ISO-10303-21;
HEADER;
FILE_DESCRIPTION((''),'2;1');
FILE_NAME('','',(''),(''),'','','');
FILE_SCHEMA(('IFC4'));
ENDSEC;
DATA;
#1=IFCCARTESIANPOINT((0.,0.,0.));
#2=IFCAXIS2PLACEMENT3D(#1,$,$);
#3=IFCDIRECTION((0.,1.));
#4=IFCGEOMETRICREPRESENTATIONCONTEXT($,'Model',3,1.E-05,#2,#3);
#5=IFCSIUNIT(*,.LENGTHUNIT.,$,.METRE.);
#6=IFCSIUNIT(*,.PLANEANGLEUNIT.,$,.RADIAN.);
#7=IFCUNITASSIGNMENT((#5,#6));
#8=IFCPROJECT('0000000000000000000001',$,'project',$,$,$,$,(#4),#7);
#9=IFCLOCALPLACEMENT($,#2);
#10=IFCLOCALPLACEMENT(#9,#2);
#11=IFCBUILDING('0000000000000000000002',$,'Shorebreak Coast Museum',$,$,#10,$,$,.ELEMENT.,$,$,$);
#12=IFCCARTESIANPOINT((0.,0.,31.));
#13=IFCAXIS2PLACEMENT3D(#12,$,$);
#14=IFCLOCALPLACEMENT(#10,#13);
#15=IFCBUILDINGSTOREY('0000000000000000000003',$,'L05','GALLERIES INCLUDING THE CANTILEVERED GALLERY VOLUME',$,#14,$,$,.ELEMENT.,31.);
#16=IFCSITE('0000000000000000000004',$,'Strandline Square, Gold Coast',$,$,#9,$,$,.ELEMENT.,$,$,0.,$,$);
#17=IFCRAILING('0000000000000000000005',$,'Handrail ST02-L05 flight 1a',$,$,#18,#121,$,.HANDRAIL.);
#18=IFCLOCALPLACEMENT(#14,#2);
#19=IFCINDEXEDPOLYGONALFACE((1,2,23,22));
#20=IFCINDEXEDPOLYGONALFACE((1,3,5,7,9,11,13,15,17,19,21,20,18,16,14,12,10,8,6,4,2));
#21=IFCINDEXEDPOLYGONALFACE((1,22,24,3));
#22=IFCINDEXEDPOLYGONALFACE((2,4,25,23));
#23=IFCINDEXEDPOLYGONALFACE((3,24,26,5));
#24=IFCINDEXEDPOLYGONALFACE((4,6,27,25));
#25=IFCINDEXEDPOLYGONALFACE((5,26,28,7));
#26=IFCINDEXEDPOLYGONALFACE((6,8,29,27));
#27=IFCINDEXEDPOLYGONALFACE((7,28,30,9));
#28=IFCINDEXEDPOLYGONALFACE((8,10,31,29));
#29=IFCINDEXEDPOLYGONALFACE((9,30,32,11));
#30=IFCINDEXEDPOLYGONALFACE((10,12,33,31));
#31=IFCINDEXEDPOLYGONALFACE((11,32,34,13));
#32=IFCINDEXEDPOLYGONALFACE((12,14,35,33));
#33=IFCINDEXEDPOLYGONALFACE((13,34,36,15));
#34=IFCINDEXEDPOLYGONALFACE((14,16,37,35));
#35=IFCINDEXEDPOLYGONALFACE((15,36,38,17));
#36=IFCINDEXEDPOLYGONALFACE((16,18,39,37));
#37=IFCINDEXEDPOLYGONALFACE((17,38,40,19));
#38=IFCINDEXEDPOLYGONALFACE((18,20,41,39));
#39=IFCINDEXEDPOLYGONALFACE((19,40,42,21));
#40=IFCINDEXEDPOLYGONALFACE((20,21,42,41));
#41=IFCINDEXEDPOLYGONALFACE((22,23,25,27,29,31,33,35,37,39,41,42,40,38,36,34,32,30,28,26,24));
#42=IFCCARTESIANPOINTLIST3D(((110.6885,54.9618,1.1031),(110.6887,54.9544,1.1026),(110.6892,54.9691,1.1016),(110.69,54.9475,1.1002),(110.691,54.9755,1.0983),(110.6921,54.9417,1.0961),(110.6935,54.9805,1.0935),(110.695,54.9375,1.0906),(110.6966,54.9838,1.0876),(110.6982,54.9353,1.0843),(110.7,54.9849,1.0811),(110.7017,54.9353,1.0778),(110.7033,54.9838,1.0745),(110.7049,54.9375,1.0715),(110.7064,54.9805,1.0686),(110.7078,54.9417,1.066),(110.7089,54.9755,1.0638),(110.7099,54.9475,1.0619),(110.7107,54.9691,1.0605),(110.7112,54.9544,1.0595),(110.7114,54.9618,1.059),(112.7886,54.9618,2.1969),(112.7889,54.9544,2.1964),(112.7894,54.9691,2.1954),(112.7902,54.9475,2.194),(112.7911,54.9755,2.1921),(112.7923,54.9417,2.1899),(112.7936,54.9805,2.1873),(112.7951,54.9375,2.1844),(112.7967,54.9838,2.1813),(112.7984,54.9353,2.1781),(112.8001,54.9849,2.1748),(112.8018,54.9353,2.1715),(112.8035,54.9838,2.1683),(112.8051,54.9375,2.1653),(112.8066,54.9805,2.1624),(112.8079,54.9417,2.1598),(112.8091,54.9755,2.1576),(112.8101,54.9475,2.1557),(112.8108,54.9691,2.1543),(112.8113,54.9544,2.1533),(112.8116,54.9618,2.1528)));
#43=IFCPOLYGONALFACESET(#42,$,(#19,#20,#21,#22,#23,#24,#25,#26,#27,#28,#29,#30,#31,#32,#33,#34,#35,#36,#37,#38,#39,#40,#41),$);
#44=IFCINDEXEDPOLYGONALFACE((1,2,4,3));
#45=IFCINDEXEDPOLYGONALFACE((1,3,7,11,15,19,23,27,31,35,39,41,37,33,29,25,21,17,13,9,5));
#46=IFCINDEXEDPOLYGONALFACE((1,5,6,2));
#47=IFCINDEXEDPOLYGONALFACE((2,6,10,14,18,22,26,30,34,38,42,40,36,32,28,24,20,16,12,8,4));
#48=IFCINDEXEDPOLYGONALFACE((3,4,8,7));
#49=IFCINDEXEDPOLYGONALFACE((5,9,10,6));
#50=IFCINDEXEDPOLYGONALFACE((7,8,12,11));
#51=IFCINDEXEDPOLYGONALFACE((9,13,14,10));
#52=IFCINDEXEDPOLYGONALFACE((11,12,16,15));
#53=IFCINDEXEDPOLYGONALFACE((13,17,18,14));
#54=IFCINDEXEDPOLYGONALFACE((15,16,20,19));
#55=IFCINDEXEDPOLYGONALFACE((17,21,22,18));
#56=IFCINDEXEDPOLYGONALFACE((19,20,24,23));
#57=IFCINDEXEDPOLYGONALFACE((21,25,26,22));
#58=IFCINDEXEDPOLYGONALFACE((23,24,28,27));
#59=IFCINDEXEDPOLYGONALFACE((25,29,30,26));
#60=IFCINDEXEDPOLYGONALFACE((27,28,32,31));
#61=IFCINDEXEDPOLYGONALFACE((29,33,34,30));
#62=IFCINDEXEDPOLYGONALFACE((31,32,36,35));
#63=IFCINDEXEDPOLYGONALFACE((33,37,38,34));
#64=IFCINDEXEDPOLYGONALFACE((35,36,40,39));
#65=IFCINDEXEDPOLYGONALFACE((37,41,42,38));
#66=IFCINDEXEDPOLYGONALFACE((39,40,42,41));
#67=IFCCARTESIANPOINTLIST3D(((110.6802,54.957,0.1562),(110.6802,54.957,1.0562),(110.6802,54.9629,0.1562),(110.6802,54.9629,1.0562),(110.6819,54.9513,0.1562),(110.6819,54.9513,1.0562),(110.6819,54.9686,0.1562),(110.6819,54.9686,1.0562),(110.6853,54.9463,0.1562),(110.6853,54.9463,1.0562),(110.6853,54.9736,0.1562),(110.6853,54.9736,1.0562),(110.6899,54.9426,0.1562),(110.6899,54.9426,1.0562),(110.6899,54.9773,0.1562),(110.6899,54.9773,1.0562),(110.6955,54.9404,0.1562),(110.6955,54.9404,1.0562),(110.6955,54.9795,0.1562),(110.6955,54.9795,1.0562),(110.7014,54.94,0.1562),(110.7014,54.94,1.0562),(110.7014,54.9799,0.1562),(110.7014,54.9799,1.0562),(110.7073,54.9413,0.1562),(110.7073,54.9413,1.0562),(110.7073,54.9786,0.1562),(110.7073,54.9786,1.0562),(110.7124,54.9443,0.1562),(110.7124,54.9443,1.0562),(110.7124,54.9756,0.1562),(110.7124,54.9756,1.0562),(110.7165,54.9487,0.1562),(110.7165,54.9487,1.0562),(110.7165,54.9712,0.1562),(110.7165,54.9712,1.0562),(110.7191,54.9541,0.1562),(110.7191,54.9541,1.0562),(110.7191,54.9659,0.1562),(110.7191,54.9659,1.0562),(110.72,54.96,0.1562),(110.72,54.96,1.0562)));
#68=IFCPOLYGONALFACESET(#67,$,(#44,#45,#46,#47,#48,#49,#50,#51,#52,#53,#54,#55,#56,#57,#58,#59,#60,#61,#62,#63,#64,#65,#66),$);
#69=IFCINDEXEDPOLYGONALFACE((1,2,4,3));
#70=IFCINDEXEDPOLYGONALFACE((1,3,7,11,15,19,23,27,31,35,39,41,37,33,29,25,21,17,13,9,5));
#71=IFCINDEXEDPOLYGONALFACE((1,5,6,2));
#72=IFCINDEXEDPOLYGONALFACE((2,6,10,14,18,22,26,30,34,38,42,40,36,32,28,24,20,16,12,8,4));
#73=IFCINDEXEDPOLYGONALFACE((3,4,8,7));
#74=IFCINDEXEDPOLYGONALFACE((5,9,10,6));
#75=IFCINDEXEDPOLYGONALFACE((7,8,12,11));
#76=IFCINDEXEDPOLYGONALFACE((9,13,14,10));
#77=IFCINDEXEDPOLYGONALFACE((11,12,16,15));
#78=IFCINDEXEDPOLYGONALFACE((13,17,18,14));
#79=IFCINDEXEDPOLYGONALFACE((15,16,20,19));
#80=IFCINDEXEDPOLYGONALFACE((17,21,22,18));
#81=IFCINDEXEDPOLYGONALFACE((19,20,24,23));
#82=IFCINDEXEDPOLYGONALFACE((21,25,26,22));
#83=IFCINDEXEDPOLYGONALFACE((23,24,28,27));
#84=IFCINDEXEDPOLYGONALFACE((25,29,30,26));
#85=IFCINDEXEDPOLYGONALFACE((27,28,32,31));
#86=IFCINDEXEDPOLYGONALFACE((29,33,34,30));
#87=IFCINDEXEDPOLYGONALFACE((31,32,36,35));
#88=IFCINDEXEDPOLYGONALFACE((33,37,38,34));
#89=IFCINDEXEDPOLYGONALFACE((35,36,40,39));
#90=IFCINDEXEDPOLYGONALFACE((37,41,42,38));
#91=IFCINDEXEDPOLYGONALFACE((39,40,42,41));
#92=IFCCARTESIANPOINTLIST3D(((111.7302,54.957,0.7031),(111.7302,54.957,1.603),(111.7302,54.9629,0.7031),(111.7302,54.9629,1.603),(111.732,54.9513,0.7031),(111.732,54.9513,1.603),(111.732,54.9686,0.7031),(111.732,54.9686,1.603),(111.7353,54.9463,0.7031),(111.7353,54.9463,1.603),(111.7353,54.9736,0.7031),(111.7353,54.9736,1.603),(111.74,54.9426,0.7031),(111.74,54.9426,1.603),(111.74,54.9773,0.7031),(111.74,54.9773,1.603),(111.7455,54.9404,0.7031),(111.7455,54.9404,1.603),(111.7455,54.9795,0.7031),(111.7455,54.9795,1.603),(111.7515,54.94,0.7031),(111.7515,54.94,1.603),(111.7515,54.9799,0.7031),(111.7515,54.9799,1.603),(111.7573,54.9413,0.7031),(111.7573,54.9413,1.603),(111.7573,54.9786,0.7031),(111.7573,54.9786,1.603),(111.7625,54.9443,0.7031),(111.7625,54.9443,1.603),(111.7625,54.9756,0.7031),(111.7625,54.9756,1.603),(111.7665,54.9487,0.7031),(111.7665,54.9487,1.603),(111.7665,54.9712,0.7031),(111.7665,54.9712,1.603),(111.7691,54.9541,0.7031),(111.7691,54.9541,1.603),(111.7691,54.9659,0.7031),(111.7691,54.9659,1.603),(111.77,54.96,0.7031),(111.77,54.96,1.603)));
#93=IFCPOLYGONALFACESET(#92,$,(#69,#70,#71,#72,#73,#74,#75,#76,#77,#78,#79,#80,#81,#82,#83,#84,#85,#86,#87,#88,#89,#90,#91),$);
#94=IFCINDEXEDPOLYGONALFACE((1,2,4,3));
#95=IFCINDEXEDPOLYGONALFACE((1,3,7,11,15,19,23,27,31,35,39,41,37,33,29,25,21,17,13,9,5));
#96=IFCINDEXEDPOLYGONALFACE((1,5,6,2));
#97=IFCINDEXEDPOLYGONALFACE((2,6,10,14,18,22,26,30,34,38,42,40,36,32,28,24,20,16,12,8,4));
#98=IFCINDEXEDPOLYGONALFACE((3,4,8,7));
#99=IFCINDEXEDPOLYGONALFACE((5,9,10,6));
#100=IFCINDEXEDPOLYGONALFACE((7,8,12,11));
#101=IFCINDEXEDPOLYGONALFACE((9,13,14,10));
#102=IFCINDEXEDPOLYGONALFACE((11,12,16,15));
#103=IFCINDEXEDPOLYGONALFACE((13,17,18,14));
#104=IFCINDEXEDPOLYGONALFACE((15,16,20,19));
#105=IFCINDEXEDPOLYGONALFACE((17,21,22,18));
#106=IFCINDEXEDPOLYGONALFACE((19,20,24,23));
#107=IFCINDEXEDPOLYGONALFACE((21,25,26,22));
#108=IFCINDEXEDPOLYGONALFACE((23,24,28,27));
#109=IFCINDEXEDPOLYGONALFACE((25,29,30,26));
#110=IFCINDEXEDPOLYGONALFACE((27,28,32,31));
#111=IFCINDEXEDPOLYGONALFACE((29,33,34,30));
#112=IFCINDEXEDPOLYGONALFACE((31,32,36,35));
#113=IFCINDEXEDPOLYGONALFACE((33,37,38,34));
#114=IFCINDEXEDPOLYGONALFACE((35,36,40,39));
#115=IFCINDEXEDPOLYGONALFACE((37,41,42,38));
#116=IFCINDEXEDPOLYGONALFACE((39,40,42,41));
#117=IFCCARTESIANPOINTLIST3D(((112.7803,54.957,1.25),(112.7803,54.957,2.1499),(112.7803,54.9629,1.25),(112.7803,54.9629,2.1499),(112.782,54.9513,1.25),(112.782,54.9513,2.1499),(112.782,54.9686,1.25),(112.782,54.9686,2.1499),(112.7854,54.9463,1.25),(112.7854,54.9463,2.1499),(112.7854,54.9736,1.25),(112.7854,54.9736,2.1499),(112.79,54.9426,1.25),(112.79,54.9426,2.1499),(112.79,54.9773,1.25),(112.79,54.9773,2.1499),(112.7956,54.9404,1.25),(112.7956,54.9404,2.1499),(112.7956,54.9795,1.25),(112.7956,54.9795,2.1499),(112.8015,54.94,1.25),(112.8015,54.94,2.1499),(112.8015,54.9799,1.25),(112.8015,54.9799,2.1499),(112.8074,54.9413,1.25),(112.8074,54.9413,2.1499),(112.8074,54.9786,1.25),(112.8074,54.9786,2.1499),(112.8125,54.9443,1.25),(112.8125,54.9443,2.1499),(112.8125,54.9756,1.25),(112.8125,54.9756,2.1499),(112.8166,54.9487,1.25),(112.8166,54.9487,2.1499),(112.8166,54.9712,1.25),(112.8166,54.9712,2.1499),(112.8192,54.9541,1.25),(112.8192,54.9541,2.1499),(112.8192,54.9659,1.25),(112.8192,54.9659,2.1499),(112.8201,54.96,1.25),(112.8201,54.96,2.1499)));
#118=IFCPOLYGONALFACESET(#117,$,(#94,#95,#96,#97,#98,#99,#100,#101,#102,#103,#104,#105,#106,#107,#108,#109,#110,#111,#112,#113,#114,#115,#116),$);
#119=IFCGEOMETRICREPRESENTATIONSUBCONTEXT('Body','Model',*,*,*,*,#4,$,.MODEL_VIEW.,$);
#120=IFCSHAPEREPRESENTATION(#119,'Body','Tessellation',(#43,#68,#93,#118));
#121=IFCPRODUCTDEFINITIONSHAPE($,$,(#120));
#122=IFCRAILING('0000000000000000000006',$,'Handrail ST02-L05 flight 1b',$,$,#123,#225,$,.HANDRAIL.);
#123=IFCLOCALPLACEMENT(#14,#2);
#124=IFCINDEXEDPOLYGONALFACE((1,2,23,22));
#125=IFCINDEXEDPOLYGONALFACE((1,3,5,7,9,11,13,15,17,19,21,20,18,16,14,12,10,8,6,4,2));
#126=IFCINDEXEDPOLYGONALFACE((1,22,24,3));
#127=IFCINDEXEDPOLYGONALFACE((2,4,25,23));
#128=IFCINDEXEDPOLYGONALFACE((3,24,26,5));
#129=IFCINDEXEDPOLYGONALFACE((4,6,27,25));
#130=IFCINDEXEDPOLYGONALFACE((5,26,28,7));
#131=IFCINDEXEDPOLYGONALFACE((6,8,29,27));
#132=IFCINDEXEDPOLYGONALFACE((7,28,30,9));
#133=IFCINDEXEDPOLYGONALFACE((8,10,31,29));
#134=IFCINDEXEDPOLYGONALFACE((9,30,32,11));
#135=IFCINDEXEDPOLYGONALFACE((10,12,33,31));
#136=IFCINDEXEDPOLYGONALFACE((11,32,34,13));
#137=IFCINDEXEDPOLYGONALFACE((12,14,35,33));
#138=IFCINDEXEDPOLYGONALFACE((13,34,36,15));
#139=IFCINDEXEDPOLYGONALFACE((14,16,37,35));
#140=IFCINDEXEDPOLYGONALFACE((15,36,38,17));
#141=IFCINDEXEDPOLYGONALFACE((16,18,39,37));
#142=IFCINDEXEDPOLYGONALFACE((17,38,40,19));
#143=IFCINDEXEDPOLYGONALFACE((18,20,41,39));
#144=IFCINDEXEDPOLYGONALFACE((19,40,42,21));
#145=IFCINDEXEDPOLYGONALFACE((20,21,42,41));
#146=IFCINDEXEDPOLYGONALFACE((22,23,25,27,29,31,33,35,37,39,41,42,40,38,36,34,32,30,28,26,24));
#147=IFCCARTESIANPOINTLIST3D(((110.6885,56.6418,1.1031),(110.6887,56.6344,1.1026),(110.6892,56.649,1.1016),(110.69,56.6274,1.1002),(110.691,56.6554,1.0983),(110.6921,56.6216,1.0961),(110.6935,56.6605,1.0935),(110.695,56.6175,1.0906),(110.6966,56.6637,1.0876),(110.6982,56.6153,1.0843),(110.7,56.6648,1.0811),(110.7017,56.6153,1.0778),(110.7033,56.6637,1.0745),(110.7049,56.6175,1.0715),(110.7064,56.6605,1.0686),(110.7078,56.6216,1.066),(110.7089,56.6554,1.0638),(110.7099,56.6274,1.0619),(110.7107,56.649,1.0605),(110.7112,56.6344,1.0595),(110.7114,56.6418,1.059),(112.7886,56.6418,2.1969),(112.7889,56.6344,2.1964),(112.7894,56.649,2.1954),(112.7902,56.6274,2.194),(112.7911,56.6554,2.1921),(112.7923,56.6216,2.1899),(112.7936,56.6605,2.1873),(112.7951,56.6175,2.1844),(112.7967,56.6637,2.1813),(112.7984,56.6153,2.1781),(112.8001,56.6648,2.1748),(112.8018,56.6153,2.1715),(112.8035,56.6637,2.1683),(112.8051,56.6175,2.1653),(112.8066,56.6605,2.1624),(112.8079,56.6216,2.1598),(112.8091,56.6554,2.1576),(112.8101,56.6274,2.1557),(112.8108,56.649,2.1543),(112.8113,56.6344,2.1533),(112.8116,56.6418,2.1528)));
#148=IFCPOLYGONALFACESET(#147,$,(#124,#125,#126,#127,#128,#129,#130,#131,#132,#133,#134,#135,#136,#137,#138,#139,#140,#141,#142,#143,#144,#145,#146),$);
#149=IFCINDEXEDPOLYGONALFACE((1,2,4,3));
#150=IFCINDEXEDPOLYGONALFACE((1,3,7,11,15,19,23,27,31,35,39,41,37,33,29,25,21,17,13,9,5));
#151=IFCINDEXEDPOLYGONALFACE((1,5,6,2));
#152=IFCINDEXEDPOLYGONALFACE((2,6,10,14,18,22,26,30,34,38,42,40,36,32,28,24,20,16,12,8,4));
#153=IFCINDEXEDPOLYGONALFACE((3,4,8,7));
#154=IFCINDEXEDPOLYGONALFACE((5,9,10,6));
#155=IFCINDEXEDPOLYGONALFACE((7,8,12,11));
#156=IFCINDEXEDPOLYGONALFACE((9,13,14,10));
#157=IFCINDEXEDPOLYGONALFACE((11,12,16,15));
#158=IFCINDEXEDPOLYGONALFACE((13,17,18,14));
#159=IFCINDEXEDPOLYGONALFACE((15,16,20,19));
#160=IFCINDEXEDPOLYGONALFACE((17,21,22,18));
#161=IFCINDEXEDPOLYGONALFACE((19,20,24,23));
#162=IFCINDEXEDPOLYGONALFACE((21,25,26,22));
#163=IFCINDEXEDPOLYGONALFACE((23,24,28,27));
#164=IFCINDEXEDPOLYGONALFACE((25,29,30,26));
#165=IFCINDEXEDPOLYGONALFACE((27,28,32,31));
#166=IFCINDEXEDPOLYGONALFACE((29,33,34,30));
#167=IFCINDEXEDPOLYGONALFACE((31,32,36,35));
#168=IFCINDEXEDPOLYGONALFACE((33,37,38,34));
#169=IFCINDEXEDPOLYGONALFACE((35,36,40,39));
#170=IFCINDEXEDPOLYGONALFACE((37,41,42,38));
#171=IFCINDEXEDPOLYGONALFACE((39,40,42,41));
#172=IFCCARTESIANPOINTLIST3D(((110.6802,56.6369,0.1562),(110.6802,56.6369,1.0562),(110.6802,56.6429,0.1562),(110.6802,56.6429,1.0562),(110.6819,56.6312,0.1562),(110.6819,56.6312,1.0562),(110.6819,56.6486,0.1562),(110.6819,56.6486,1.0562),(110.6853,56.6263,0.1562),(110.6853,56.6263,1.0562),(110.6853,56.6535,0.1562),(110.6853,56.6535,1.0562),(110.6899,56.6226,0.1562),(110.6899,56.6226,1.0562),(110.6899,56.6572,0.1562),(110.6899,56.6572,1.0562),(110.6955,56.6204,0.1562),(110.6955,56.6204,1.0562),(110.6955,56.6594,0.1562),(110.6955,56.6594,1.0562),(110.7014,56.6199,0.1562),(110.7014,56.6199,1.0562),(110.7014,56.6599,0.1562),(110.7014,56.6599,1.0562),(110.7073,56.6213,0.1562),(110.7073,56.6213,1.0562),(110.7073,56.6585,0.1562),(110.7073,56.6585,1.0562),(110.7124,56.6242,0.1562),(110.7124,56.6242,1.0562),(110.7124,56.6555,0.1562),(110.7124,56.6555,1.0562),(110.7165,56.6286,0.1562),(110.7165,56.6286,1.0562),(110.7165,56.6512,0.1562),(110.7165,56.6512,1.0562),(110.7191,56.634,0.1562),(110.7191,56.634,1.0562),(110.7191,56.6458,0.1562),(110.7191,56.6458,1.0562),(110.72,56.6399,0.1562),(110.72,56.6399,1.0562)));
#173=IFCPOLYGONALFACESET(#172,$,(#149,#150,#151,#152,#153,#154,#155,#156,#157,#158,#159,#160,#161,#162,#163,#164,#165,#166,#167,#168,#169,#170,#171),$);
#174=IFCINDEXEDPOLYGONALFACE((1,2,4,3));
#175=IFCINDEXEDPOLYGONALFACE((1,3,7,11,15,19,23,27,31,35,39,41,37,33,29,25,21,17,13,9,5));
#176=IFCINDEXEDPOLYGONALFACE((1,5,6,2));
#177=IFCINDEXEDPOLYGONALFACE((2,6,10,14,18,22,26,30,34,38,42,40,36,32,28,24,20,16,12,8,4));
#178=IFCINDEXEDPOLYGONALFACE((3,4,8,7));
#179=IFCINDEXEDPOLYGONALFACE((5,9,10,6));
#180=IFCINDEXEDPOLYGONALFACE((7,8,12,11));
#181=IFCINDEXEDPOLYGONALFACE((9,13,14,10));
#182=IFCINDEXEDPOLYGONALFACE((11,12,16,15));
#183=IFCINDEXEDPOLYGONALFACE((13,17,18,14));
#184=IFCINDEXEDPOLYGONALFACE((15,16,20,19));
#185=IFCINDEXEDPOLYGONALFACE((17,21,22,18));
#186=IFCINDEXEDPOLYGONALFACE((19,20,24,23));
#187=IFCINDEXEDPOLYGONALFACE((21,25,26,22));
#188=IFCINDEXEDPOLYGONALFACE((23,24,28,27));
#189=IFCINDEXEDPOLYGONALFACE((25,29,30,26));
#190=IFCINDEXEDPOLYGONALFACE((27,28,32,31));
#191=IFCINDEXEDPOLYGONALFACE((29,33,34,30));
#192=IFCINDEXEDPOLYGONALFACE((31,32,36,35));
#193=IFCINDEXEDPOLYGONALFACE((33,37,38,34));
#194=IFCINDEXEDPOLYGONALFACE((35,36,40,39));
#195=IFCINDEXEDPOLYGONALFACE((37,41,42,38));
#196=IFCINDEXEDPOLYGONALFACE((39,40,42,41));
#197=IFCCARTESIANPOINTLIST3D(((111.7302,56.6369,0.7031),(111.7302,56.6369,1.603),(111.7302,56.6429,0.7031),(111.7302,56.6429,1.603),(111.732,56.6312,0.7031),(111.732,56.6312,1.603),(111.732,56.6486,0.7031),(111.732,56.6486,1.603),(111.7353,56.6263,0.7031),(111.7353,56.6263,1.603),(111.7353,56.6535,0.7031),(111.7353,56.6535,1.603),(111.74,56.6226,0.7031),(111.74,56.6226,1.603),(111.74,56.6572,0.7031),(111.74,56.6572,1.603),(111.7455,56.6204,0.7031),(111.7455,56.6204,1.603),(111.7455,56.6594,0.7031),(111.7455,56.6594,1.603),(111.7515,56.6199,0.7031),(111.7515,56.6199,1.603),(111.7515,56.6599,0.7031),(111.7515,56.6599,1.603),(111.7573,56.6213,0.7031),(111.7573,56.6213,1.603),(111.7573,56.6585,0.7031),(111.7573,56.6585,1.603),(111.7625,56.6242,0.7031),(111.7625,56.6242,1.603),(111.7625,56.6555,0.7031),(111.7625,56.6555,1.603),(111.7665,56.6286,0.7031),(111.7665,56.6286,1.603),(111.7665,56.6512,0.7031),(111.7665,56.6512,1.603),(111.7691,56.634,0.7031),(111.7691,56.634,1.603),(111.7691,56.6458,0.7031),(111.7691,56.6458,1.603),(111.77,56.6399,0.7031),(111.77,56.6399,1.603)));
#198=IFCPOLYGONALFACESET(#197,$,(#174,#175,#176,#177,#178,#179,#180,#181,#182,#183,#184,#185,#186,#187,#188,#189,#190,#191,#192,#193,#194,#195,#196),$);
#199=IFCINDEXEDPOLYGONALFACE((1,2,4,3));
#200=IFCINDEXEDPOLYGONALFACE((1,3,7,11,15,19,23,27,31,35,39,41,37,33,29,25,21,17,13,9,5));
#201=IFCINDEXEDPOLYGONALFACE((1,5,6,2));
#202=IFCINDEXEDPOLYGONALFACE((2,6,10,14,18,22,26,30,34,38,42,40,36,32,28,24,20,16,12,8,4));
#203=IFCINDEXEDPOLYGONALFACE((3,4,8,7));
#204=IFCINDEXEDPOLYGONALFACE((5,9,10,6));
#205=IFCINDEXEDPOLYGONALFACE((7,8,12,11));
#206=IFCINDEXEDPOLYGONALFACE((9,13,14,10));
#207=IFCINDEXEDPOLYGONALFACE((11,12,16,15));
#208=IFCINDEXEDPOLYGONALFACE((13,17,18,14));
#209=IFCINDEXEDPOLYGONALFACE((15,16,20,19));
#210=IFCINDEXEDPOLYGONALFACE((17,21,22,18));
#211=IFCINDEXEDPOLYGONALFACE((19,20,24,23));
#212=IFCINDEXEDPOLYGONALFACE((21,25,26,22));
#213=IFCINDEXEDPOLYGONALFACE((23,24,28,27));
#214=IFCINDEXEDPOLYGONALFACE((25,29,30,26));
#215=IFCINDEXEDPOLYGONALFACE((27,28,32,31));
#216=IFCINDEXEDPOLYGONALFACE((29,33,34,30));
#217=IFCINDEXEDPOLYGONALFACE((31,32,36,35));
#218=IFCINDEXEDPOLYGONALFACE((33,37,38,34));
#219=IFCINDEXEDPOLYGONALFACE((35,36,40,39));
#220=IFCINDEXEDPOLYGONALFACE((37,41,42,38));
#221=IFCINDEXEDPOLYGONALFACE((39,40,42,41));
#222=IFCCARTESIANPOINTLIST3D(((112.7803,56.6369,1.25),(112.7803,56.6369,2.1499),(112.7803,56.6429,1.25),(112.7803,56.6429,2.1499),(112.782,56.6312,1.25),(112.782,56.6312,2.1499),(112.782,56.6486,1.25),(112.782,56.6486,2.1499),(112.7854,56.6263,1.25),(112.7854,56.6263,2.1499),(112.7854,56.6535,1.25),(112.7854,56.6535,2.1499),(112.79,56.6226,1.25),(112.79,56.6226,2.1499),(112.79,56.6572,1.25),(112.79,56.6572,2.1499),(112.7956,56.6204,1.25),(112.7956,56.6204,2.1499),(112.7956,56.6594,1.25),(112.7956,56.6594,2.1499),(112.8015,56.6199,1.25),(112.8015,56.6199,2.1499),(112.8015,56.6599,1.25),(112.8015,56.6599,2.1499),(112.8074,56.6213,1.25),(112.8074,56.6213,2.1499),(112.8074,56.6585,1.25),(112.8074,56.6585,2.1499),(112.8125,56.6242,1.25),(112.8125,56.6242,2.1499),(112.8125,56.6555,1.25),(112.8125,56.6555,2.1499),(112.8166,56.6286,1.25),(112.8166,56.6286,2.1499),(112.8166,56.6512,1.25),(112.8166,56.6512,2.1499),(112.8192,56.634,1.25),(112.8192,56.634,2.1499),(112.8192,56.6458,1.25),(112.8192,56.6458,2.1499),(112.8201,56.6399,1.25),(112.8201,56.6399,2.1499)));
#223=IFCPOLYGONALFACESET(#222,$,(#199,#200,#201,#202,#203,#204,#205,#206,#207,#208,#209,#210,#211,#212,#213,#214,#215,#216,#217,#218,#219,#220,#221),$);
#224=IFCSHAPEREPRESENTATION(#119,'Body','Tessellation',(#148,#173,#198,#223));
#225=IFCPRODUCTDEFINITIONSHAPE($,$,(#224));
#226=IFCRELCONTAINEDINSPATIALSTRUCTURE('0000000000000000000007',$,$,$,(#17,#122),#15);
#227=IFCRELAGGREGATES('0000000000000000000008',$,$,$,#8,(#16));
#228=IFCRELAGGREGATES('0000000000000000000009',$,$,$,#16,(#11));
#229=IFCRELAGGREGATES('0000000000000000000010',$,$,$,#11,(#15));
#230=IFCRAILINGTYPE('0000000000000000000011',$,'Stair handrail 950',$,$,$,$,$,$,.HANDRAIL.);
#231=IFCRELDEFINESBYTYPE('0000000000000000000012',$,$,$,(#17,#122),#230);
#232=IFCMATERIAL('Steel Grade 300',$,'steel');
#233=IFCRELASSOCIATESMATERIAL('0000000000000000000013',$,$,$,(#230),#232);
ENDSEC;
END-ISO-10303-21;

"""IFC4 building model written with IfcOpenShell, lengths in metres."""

from ifc_helpers import new_model, si_unit, direction, frame, origin, origin_2d, place, context, subcontext, project, spatial, circle, extrude, material, type_object, element, save


model = new_model("IFC4")

# Units and contexts
model_context = context("Model", 3, precision=1e-05, world=origin(), true_north=direction((0.0, 1.0)))
body_context = subcontext(model_context, "Body", "Model", "MODEL_VIEW")
ifc_project = project(units=[si_unit("LENGTHUNIT", "METRE"), si_unit("PLANEANGLEUNIT", "RADIAN")], contexts=[model_context])

# Site, building, storey
site_placement = place(None, origin())
site = spatial("IfcSite", under=ifc_project, at=site_placement, Name="Strandline Square, Gold Coast", CompositionType="ELEMENT", RefElevation=0.0)
building_placement = place(site_placement, origin())
building = spatial("IfcBuilding", under=site, at=building_placement, Name="Shorebreak Coast Museum", CompositionType="ELEMENT")
storey_placement = place(building_placement, frame((0.0, 0.0, 31.0)))
storey = spatial("IfcBuildingStorey", under=building, at=storey_placement, Name="L05", Description="GALLERIES INCLUDING THE CANTILEVERED GALLERY VOLUME", CompositionType="ELEMENT", Elevation=31.0)

# Railings
ifc_material_1 = material(Name="Steel Grade 300", Category="steel")
railing_type_1 = type_object("IfcRailingType", Name="Stair handrail 950", PredefinedType="HANDRAIL", material=ifc_material_1)
for number, where, name in (
    (1, (110.7, 54.96, 0.1562), "Handrail ST02-L05 flight 1a"),
    (2, (110.7, 56.6399, 0.1562), "Handrail ST02-L05 flight 1b"),
):
    element("IfcRailing", number, at=place(storey_placement, frame(where)), inside=storey, type_object=railing_type_1, Name=name, PredefinedType="HANDRAIL", context=body_context, shape_type="SweptSolid", body=[
        extrude(circle(Radius=0.0249, at=origin_2d()), frame((0.0, 0.0, 0.9248), z_axis=(0.886923, 0.0, 0.461918), x_axis=(0.0, 1.0, 0.0)), (0.0, 0.0, 1.0), 2.3679),
        extrude(circle(Radius=0.02, at=origin_2d()), origin(), (0.0, 0.0, 1.0), 0.8999),
        extrude(circle(Radius=0.02, at=origin_2d()), frame((1.05, 0.0, 0.5469)), (0.0, 0.0, 1.0), 0.8999),
        extrude(circle(Radius=0.02, at=origin_2d()), frame((2.1001, 0.0, 1.0938)), (0.0, 0.0, 1.0), 0.8999),
    ])

save(model, "model.ifc")
